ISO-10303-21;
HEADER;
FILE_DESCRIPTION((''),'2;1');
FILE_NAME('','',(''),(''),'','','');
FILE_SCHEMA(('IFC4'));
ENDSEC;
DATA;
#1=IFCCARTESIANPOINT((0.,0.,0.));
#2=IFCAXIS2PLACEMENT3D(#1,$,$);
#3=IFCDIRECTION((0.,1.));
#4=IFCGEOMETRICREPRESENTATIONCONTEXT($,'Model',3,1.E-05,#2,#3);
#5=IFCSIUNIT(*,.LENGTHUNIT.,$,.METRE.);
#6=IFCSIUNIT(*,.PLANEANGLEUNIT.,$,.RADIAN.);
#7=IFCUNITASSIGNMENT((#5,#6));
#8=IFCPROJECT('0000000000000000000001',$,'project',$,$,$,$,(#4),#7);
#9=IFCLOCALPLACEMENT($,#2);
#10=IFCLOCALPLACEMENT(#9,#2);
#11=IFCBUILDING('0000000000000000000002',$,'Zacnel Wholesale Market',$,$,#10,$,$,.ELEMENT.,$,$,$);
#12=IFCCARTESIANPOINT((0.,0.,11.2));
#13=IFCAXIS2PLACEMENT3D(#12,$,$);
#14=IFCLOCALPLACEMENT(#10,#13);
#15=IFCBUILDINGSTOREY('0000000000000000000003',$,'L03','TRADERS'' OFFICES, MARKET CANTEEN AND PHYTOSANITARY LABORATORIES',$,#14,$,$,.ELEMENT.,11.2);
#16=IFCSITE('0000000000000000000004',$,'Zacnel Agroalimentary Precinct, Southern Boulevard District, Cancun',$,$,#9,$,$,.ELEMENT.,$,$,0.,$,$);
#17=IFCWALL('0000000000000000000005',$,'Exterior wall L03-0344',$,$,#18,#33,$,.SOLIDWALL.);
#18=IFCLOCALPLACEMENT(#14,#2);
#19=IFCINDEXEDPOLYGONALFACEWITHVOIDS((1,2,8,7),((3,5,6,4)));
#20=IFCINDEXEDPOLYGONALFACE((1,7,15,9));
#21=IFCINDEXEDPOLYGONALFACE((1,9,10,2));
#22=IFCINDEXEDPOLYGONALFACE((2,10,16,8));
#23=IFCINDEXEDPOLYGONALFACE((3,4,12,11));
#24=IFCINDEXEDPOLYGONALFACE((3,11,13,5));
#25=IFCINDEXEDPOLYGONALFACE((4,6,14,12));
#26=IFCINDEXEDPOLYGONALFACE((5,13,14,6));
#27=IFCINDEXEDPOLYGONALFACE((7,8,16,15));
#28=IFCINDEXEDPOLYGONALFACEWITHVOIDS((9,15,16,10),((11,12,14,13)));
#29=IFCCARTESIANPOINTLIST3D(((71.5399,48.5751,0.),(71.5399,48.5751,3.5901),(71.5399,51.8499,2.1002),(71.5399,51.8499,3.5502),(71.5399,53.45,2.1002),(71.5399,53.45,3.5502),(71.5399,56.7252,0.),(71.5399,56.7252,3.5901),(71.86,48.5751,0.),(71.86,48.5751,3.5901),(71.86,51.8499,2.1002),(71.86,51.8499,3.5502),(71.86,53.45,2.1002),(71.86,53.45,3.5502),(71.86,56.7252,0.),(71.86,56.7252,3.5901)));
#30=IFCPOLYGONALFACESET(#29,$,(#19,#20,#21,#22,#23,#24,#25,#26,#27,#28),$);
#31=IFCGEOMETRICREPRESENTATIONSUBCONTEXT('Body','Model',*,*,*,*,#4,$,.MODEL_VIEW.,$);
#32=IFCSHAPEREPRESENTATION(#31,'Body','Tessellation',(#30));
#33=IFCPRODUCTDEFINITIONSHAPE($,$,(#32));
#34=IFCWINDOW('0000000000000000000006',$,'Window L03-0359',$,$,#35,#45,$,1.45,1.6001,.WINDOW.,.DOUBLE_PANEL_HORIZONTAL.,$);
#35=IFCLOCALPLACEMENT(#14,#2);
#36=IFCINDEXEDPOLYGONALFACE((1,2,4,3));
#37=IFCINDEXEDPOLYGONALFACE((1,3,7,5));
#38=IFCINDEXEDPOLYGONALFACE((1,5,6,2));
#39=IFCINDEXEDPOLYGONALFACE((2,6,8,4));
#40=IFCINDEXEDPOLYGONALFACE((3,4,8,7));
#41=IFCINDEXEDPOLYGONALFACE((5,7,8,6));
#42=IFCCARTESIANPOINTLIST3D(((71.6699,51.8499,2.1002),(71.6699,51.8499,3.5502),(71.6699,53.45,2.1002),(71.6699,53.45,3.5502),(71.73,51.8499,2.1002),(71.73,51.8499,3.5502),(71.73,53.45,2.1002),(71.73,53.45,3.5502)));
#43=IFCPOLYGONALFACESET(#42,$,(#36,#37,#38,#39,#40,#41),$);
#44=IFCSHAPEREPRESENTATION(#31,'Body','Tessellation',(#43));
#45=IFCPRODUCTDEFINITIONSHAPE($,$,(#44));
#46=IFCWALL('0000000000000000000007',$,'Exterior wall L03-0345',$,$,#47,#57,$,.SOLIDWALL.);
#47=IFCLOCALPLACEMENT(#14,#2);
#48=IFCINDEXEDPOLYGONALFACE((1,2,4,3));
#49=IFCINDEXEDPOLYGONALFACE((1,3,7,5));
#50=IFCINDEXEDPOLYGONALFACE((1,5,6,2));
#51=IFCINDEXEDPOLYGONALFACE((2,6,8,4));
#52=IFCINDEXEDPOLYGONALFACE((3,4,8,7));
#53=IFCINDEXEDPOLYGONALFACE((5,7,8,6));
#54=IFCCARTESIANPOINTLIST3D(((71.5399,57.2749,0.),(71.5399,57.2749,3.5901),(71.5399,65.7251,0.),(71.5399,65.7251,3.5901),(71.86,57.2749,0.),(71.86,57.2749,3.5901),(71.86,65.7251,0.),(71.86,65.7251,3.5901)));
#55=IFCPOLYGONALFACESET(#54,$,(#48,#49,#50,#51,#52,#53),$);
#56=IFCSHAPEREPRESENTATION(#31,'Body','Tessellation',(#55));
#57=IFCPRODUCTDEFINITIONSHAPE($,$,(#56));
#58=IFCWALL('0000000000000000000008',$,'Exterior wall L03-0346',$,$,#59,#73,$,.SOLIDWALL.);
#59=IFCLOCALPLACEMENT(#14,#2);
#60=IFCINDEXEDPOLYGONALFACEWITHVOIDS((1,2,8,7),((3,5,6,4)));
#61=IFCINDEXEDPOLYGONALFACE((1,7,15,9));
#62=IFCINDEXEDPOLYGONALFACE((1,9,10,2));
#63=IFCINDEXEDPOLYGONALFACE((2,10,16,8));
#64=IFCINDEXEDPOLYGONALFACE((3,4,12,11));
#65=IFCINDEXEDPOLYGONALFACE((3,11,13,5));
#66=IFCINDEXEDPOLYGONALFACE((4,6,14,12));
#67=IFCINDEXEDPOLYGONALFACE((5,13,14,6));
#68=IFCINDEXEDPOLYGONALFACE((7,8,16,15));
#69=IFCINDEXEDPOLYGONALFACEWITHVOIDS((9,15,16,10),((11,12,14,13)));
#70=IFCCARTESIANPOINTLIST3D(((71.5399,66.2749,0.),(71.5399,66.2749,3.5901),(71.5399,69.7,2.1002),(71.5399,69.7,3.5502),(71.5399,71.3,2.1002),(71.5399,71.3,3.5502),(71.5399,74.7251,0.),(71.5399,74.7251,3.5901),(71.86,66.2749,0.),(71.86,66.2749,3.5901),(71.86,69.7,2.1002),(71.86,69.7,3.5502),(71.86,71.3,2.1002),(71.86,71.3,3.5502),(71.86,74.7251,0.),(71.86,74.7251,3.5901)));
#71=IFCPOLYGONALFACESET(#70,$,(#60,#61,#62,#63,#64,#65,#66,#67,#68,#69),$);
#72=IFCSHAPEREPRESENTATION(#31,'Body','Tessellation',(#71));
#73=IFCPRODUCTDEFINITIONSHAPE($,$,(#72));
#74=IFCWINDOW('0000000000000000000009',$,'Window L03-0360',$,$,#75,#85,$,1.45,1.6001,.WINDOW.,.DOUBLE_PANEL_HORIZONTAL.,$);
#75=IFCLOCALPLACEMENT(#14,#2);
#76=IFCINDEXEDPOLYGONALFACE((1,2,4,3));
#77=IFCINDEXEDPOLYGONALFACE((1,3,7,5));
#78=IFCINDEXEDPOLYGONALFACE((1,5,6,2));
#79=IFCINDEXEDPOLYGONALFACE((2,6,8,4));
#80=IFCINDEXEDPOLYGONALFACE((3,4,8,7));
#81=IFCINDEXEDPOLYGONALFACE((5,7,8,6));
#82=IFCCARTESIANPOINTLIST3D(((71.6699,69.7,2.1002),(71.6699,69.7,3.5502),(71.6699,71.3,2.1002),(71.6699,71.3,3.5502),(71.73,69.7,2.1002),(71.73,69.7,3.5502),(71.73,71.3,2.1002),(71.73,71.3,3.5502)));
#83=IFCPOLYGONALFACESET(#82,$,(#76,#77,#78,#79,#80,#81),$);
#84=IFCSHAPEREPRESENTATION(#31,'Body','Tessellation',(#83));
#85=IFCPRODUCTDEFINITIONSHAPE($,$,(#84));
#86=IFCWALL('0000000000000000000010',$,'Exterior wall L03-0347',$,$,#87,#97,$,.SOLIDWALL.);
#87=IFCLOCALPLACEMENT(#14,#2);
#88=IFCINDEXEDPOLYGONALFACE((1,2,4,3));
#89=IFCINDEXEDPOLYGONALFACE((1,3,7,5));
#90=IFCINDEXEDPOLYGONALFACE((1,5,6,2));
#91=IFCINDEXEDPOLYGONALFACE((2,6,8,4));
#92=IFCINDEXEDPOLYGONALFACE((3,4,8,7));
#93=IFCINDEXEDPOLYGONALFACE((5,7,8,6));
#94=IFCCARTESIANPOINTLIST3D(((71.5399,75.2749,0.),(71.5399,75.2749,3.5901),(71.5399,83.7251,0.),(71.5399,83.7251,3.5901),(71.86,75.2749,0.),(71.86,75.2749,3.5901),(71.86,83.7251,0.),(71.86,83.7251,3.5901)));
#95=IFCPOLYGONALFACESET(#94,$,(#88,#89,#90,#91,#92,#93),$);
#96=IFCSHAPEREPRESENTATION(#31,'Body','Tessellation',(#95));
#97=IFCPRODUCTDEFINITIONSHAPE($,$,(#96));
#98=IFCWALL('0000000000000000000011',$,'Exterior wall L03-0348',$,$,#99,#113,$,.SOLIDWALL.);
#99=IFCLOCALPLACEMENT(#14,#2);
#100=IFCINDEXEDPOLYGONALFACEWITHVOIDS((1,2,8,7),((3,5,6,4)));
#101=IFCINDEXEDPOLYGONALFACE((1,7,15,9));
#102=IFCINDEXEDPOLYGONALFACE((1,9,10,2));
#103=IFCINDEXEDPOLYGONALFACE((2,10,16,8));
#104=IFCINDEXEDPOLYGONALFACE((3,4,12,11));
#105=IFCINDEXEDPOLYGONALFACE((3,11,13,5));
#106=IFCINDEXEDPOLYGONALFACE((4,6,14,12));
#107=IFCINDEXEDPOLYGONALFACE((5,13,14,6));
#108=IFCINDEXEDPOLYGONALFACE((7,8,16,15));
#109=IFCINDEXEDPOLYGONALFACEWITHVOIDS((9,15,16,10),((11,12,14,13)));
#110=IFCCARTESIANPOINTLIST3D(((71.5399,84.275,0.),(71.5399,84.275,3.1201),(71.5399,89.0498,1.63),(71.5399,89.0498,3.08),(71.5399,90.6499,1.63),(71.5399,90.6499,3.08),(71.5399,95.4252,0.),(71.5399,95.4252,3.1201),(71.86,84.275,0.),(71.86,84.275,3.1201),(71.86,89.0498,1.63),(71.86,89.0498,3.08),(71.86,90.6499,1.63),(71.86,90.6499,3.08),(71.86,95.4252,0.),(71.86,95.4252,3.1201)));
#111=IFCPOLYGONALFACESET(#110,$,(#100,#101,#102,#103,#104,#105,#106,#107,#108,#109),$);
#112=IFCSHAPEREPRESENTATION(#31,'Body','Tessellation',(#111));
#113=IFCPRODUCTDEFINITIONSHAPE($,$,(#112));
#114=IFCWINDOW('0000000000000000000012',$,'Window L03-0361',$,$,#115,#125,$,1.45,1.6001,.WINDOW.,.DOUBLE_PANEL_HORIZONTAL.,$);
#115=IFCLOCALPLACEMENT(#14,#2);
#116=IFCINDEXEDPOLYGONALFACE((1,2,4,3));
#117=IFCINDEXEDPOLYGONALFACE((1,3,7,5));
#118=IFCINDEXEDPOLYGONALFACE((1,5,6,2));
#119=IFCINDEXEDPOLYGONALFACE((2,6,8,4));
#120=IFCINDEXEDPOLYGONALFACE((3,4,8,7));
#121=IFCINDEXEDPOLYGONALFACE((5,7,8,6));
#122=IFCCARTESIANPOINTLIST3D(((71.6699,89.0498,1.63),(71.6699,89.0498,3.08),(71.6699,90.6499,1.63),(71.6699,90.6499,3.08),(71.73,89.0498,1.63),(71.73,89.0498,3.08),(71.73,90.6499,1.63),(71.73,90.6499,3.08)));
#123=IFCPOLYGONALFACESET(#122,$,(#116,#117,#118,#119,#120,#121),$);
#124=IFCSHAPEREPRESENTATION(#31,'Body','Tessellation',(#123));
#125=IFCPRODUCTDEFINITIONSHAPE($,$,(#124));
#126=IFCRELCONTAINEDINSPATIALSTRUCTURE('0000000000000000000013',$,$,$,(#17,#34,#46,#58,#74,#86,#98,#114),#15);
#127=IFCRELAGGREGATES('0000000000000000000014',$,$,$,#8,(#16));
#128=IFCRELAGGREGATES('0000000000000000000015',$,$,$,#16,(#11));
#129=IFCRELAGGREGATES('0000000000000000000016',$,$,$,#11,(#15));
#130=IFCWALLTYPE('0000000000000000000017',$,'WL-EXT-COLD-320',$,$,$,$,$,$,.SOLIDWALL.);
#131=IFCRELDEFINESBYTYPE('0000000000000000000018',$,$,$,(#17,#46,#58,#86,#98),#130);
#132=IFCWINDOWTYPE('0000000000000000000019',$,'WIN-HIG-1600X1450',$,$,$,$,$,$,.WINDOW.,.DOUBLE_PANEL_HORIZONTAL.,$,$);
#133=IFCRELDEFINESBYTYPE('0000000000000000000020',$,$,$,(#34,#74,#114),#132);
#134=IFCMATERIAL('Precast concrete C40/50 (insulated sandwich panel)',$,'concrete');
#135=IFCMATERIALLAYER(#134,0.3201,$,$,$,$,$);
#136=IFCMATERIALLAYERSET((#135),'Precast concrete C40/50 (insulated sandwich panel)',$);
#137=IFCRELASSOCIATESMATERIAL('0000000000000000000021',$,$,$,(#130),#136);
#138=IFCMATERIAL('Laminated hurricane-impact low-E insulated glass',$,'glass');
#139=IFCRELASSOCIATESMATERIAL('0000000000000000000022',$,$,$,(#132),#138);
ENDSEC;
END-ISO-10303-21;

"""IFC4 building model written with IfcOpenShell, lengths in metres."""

from ifc_helpers import new_model, si_unit, direction, frame, frame_2d, origin, place, context, subcontext, project, spatial, rectangle, extrude, material, layer, layer_set, type_object, element, fill, save


model = new_model("IFC4")

# Units and contexts
model_context = context("Model", 3, precision=1e-05, world=origin(), true_north=direction((0.0, 1.0)))
body_context = subcontext(model_context, "Body", "Model", "MODEL_VIEW")
ifc_project = project(units=[si_unit("LENGTHUNIT", "METRE"), si_unit("PLANEANGLEUNIT", "RADIAN")], contexts=[model_context])

# Site, building, storey
site_placement = place(None, origin())
site = spatial("IfcSite", under=ifc_project, at=site_placement, Name="Zacnel Agroalimentary Precinct, Southern Boulevard District, Cancun", CompositionType="ELEMENT", RefElevation=0.0)
building_placement = place(site_placement, origin())
building = spatial("IfcBuilding", under=site, at=building_placement, Name="Zacnel Wholesale Market", CompositionType="ELEMENT")
storey_placement = place(building_placement, frame((0.0, 0.0, 11.2)))
storey = spatial("IfcBuildingStorey", under=building, at=storey_placement, Name="L03", Description="TRADERS' OFFICES, MARKET CANTEEN AND PHYTOSANITARY LABORATORIES", CompositionType="ELEMENT", Elevation=11.2)

# Shared definitions
ifc_material_1 = material(Name="Precast concrete C40/50 (insulated sandwich panel)", Category="concrete")
ifc_layer = layer(ifc_material_1, 0.3201)
ifc_layer_set = layer_set([ifc_layer], Name="Precast concrete C40/50 (insulated sandwich panel)")
wall_type = type_object("IfcWallType", Name="WL-EXT-COLD-320", PredefinedType="SOLIDWALL", material=ifc_layer_set)

# Wall, opening, window
wall_1_placement = place(storey_placement, frame((71.7, 48.575, 0.0), z_axis=(0.0, 0.0, 1.0), x_axis=(0.0, 1.0, 0.0)))
wall_1 = element("IfcWall", 1, at=wall_1_placement, inside=storey, type_object=wall_type, Name="Exterior wall L03-0344", PredefinedType="SOLIDWALL", context=body_context, shape_type="SweptSolid", body=[
    extrude(rectangle(XDim=8.1501, YDim=0.3201, at=frame_2d((4.0752, 0.0))), origin(), (0.0, 0.0, 1.0), 3.5901),
])
opening_1_placement = place(wall_1_placement, frame((3.2749, 0.0, 2.1001)))
opening_1 = element("IfcOpeningElement", 2, at=opening_1_placement, cuts=wall_1, PredefinedType="OPENING", context=body_context, shape_type="SweptSolid", body=[
    extrude(rectangle(XDim=1.6001, YDim=1.45, at=frame_2d((0.8, 0.7251))), frame((0.0, 0.1699, 0.0), z_axis=(0.0, -1.0, 0.0), x_axis=(1.0, 0.0, 0.0)), (0.0, 0.0, 1.0), 0.3401),
])
ifc_material_2 = material(Name="Laminated hurricane-impact low-E insulated glass", Category="glass")
window_type = type_object("IfcWindowType", Name="WIN-HIG-1600X1450", PartitioningType="DOUBLE_PANEL_HORIZONTAL", PredefinedType="WINDOW", material=ifc_material_2)
window_1_placement = place(opening_1_placement, origin())
window_1 = element("IfcWindow", 3, at=window_1_placement, inside=storey, type_object=window_type, Name="Window L03-0359", OverallHeight=1.45, OverallWidth=1.6001, PartitioningType="DOUBLE_PANEL_HORIZONTAL", PredefinedType="WINDOW", context=body_context, shape_type="SweptSolid", body=[
    extrude(rectangle(XDim=1.6001, YDim=1.45, at=frame_2d((0.8, 0.7251))), frame((0.0, 0.03, 0.0), z_axis=(0.0, -1.0, 0.0), x_axis=(1.0, 0.0, 0.0)), (0.0, 0.0, 1.0), 0.0601),
])
fill(opening_1, window_1)

# Wall
wall_2_placement = place(storey_placement, frame((71.7, 57.2749, 0.0), z_axis=(0.0, 0.0, 1.0), x_axis=(0.0, 1.0, 0.0)))
element("IfcWall", 4, at=wall_2_placement, inside=storey, type_object=wall_type, Name="Exterior wall L03-0345", PredefinedType="SOLIDWALL", context=body_context, shape_type="SweptSolid", body=[
    extrude(rectangle(XDim=8.4502, YDim=0.3201, at=frame_2d((4.2251, 0.0))), origin(), (0.0, 0.0, 1.0), 3.5901),
])

# Wall, opening, window
wall_3_placement = place(storey_placement, frame((71.7, 66.2749, 0.0), z_axis=(0.0, 0.0, 1.0), x_axis=(0.0, 1.0, 0.0)))
wall_3 = element("IfcWall", 5, at=wall_3_placement, inside=storey, type_object=wall_type, Name="Exterior wall L03-0346", PredefinedType="SOLIDWALL", context=body_context, shape_type="SweptSolid", body=[
    extrude(rectangle(XDim=8.4502, YDim=0.3201, at=frame_2d((4.2251, 0.0))), origin(), (0.0, 0.0, 1.0), 3.5901),
])
opening_2_placement = place(wall_3_placement, frame((3.425, 0.0, 2.1001)))
opening_2 = element("IfcOpeningElement", 6, at=opening_2_placement, cuts=wall_3, PredefinedType="OPENING", context=body_context, shape_type="SweptSolid", body=[
    extrude(rectangle(XDim=1.6001, YDim=1.45, at=frame_2d((0.8, 0.7251))), frame((0.0, 0.1699, 0.0), z_axis=(0.0, -1.0, 0.0), x_axis=(1.0, 0.0, 0.0)), (0.0, 0.0, 1.0), 0.3401),
])
window_2_placement = place(opening_2_placement, origin())
window_2 = element("IfcWindow", 7, at=window_2_placement, inside=storey, type_object=window_type, Name="Window L03-0360", OverallHeight=1.45, OverallWidth=1.6001, PartitioningType="DOUBLE_PANEL_HORIZONTAL", PredefinedType="WINDOW", context=body_context, shape_type="SweptSolid", body=[
    extrude(rectangle(XDim=1.6001, YDim=1.45, at=frame_2d((0.8, 0.7251))), frame((0.0, 0.03, 0.0), z_axis=(0.0, -1.0, 0.0), x_axis=(1.0, 0.0, 0.0)), (0.0, 0.0, 1.0), 0.0601),
])
fill(opening_2, window_2)

# Wall
wall_4_placement = place(storey_placement, frame((71.7, 75.2749, 0.0), z_axis=(0.0, 0.0, 1.0), x_axis=(0.0, 1.0, 0.0)))
element("IfcWall", 8, at=wall_4_placement, inside=storey, type_object=wall_type, Name="Exterior wall L03-0347", PredefinedType="SOLIDWALL", context=body_context, shape_type="SweptSolid", body=[
    extrude(rectangle(XDim=8.4502, YDim=0.3201, at=frame_2d((4.2251, 0.0))), origin(), (0.0, 0.0, 1.0), 3.5901),
])

# Wall, opening, window
wall_5_placement = place(storey_placement, frame((71.7, 84.2749, 0.0), z_axis=(0.0, 0.0, 1.0), x_axis=(0.0, 1.0, 0.0)))
wall_5 = element("IfcWall", 9, at=wall_5_placement, inside=storey, type_object=wall_type, Name="Exterior wall L03-0348", PredefinedType="SOLIDWALL", context=body_context, shape_type="SweptSolid", body=[
    extrude(rectangle(XDim=11.1501, YDim=0.3201, at=frame_2d((5.5752, 0.0))), origin(), (0.0, 0.0, 1.0), 3.1201),
])
opening_3_placement = place(wall_5_placement, frame((4.7749, 0.0, 1.6299)))
opening_3 = element("IfcOpeningElement", 10, at=opening_3_placement, cuts=wall_5, PredefinedType="OPENING", context=body_context, shape_type="SweptSolid", body=[
    extrude(rectangle(XDim=1.6001, YDim=1.45, at=frame_2d((0.8, 0.7251))), frame((0.0, 0.1699, 0.0), z_axis=(0.0, -1.0, 0.0), x_axis=(1.0, 0.0, 0.0)), (0.0, 0.0, 1.0), 0.3401),
])
window_3_placement = place(opening_3_placement, origin())
window_3 = element("IfcWindow", 11, at=window_3_placement, inside=storey, type_object=window_type, Name="Window L03-0361", OverallHeight=1.45, OverallWidth=1.6001, PartitioningType="DOUBLE_PANEL_HORIZONTAL", PredefinedType="WINDOW", context=body_context, shape_type="SweptSolid", body=[
    extrude(rectangle(XDim=1.6001, YDim=1.45, at=frame_2d((0.8, 0.7251))), frame((0.0, 0.03, 0.0), z_axis=(0.0, -1.0, 0.0), x_axis=(1.0, 0.0, 0.0)), (0.0, 0.0, 1.0), 0.0601),
])
fill(opening_3, window_3)

save(model, "model.ifc")
